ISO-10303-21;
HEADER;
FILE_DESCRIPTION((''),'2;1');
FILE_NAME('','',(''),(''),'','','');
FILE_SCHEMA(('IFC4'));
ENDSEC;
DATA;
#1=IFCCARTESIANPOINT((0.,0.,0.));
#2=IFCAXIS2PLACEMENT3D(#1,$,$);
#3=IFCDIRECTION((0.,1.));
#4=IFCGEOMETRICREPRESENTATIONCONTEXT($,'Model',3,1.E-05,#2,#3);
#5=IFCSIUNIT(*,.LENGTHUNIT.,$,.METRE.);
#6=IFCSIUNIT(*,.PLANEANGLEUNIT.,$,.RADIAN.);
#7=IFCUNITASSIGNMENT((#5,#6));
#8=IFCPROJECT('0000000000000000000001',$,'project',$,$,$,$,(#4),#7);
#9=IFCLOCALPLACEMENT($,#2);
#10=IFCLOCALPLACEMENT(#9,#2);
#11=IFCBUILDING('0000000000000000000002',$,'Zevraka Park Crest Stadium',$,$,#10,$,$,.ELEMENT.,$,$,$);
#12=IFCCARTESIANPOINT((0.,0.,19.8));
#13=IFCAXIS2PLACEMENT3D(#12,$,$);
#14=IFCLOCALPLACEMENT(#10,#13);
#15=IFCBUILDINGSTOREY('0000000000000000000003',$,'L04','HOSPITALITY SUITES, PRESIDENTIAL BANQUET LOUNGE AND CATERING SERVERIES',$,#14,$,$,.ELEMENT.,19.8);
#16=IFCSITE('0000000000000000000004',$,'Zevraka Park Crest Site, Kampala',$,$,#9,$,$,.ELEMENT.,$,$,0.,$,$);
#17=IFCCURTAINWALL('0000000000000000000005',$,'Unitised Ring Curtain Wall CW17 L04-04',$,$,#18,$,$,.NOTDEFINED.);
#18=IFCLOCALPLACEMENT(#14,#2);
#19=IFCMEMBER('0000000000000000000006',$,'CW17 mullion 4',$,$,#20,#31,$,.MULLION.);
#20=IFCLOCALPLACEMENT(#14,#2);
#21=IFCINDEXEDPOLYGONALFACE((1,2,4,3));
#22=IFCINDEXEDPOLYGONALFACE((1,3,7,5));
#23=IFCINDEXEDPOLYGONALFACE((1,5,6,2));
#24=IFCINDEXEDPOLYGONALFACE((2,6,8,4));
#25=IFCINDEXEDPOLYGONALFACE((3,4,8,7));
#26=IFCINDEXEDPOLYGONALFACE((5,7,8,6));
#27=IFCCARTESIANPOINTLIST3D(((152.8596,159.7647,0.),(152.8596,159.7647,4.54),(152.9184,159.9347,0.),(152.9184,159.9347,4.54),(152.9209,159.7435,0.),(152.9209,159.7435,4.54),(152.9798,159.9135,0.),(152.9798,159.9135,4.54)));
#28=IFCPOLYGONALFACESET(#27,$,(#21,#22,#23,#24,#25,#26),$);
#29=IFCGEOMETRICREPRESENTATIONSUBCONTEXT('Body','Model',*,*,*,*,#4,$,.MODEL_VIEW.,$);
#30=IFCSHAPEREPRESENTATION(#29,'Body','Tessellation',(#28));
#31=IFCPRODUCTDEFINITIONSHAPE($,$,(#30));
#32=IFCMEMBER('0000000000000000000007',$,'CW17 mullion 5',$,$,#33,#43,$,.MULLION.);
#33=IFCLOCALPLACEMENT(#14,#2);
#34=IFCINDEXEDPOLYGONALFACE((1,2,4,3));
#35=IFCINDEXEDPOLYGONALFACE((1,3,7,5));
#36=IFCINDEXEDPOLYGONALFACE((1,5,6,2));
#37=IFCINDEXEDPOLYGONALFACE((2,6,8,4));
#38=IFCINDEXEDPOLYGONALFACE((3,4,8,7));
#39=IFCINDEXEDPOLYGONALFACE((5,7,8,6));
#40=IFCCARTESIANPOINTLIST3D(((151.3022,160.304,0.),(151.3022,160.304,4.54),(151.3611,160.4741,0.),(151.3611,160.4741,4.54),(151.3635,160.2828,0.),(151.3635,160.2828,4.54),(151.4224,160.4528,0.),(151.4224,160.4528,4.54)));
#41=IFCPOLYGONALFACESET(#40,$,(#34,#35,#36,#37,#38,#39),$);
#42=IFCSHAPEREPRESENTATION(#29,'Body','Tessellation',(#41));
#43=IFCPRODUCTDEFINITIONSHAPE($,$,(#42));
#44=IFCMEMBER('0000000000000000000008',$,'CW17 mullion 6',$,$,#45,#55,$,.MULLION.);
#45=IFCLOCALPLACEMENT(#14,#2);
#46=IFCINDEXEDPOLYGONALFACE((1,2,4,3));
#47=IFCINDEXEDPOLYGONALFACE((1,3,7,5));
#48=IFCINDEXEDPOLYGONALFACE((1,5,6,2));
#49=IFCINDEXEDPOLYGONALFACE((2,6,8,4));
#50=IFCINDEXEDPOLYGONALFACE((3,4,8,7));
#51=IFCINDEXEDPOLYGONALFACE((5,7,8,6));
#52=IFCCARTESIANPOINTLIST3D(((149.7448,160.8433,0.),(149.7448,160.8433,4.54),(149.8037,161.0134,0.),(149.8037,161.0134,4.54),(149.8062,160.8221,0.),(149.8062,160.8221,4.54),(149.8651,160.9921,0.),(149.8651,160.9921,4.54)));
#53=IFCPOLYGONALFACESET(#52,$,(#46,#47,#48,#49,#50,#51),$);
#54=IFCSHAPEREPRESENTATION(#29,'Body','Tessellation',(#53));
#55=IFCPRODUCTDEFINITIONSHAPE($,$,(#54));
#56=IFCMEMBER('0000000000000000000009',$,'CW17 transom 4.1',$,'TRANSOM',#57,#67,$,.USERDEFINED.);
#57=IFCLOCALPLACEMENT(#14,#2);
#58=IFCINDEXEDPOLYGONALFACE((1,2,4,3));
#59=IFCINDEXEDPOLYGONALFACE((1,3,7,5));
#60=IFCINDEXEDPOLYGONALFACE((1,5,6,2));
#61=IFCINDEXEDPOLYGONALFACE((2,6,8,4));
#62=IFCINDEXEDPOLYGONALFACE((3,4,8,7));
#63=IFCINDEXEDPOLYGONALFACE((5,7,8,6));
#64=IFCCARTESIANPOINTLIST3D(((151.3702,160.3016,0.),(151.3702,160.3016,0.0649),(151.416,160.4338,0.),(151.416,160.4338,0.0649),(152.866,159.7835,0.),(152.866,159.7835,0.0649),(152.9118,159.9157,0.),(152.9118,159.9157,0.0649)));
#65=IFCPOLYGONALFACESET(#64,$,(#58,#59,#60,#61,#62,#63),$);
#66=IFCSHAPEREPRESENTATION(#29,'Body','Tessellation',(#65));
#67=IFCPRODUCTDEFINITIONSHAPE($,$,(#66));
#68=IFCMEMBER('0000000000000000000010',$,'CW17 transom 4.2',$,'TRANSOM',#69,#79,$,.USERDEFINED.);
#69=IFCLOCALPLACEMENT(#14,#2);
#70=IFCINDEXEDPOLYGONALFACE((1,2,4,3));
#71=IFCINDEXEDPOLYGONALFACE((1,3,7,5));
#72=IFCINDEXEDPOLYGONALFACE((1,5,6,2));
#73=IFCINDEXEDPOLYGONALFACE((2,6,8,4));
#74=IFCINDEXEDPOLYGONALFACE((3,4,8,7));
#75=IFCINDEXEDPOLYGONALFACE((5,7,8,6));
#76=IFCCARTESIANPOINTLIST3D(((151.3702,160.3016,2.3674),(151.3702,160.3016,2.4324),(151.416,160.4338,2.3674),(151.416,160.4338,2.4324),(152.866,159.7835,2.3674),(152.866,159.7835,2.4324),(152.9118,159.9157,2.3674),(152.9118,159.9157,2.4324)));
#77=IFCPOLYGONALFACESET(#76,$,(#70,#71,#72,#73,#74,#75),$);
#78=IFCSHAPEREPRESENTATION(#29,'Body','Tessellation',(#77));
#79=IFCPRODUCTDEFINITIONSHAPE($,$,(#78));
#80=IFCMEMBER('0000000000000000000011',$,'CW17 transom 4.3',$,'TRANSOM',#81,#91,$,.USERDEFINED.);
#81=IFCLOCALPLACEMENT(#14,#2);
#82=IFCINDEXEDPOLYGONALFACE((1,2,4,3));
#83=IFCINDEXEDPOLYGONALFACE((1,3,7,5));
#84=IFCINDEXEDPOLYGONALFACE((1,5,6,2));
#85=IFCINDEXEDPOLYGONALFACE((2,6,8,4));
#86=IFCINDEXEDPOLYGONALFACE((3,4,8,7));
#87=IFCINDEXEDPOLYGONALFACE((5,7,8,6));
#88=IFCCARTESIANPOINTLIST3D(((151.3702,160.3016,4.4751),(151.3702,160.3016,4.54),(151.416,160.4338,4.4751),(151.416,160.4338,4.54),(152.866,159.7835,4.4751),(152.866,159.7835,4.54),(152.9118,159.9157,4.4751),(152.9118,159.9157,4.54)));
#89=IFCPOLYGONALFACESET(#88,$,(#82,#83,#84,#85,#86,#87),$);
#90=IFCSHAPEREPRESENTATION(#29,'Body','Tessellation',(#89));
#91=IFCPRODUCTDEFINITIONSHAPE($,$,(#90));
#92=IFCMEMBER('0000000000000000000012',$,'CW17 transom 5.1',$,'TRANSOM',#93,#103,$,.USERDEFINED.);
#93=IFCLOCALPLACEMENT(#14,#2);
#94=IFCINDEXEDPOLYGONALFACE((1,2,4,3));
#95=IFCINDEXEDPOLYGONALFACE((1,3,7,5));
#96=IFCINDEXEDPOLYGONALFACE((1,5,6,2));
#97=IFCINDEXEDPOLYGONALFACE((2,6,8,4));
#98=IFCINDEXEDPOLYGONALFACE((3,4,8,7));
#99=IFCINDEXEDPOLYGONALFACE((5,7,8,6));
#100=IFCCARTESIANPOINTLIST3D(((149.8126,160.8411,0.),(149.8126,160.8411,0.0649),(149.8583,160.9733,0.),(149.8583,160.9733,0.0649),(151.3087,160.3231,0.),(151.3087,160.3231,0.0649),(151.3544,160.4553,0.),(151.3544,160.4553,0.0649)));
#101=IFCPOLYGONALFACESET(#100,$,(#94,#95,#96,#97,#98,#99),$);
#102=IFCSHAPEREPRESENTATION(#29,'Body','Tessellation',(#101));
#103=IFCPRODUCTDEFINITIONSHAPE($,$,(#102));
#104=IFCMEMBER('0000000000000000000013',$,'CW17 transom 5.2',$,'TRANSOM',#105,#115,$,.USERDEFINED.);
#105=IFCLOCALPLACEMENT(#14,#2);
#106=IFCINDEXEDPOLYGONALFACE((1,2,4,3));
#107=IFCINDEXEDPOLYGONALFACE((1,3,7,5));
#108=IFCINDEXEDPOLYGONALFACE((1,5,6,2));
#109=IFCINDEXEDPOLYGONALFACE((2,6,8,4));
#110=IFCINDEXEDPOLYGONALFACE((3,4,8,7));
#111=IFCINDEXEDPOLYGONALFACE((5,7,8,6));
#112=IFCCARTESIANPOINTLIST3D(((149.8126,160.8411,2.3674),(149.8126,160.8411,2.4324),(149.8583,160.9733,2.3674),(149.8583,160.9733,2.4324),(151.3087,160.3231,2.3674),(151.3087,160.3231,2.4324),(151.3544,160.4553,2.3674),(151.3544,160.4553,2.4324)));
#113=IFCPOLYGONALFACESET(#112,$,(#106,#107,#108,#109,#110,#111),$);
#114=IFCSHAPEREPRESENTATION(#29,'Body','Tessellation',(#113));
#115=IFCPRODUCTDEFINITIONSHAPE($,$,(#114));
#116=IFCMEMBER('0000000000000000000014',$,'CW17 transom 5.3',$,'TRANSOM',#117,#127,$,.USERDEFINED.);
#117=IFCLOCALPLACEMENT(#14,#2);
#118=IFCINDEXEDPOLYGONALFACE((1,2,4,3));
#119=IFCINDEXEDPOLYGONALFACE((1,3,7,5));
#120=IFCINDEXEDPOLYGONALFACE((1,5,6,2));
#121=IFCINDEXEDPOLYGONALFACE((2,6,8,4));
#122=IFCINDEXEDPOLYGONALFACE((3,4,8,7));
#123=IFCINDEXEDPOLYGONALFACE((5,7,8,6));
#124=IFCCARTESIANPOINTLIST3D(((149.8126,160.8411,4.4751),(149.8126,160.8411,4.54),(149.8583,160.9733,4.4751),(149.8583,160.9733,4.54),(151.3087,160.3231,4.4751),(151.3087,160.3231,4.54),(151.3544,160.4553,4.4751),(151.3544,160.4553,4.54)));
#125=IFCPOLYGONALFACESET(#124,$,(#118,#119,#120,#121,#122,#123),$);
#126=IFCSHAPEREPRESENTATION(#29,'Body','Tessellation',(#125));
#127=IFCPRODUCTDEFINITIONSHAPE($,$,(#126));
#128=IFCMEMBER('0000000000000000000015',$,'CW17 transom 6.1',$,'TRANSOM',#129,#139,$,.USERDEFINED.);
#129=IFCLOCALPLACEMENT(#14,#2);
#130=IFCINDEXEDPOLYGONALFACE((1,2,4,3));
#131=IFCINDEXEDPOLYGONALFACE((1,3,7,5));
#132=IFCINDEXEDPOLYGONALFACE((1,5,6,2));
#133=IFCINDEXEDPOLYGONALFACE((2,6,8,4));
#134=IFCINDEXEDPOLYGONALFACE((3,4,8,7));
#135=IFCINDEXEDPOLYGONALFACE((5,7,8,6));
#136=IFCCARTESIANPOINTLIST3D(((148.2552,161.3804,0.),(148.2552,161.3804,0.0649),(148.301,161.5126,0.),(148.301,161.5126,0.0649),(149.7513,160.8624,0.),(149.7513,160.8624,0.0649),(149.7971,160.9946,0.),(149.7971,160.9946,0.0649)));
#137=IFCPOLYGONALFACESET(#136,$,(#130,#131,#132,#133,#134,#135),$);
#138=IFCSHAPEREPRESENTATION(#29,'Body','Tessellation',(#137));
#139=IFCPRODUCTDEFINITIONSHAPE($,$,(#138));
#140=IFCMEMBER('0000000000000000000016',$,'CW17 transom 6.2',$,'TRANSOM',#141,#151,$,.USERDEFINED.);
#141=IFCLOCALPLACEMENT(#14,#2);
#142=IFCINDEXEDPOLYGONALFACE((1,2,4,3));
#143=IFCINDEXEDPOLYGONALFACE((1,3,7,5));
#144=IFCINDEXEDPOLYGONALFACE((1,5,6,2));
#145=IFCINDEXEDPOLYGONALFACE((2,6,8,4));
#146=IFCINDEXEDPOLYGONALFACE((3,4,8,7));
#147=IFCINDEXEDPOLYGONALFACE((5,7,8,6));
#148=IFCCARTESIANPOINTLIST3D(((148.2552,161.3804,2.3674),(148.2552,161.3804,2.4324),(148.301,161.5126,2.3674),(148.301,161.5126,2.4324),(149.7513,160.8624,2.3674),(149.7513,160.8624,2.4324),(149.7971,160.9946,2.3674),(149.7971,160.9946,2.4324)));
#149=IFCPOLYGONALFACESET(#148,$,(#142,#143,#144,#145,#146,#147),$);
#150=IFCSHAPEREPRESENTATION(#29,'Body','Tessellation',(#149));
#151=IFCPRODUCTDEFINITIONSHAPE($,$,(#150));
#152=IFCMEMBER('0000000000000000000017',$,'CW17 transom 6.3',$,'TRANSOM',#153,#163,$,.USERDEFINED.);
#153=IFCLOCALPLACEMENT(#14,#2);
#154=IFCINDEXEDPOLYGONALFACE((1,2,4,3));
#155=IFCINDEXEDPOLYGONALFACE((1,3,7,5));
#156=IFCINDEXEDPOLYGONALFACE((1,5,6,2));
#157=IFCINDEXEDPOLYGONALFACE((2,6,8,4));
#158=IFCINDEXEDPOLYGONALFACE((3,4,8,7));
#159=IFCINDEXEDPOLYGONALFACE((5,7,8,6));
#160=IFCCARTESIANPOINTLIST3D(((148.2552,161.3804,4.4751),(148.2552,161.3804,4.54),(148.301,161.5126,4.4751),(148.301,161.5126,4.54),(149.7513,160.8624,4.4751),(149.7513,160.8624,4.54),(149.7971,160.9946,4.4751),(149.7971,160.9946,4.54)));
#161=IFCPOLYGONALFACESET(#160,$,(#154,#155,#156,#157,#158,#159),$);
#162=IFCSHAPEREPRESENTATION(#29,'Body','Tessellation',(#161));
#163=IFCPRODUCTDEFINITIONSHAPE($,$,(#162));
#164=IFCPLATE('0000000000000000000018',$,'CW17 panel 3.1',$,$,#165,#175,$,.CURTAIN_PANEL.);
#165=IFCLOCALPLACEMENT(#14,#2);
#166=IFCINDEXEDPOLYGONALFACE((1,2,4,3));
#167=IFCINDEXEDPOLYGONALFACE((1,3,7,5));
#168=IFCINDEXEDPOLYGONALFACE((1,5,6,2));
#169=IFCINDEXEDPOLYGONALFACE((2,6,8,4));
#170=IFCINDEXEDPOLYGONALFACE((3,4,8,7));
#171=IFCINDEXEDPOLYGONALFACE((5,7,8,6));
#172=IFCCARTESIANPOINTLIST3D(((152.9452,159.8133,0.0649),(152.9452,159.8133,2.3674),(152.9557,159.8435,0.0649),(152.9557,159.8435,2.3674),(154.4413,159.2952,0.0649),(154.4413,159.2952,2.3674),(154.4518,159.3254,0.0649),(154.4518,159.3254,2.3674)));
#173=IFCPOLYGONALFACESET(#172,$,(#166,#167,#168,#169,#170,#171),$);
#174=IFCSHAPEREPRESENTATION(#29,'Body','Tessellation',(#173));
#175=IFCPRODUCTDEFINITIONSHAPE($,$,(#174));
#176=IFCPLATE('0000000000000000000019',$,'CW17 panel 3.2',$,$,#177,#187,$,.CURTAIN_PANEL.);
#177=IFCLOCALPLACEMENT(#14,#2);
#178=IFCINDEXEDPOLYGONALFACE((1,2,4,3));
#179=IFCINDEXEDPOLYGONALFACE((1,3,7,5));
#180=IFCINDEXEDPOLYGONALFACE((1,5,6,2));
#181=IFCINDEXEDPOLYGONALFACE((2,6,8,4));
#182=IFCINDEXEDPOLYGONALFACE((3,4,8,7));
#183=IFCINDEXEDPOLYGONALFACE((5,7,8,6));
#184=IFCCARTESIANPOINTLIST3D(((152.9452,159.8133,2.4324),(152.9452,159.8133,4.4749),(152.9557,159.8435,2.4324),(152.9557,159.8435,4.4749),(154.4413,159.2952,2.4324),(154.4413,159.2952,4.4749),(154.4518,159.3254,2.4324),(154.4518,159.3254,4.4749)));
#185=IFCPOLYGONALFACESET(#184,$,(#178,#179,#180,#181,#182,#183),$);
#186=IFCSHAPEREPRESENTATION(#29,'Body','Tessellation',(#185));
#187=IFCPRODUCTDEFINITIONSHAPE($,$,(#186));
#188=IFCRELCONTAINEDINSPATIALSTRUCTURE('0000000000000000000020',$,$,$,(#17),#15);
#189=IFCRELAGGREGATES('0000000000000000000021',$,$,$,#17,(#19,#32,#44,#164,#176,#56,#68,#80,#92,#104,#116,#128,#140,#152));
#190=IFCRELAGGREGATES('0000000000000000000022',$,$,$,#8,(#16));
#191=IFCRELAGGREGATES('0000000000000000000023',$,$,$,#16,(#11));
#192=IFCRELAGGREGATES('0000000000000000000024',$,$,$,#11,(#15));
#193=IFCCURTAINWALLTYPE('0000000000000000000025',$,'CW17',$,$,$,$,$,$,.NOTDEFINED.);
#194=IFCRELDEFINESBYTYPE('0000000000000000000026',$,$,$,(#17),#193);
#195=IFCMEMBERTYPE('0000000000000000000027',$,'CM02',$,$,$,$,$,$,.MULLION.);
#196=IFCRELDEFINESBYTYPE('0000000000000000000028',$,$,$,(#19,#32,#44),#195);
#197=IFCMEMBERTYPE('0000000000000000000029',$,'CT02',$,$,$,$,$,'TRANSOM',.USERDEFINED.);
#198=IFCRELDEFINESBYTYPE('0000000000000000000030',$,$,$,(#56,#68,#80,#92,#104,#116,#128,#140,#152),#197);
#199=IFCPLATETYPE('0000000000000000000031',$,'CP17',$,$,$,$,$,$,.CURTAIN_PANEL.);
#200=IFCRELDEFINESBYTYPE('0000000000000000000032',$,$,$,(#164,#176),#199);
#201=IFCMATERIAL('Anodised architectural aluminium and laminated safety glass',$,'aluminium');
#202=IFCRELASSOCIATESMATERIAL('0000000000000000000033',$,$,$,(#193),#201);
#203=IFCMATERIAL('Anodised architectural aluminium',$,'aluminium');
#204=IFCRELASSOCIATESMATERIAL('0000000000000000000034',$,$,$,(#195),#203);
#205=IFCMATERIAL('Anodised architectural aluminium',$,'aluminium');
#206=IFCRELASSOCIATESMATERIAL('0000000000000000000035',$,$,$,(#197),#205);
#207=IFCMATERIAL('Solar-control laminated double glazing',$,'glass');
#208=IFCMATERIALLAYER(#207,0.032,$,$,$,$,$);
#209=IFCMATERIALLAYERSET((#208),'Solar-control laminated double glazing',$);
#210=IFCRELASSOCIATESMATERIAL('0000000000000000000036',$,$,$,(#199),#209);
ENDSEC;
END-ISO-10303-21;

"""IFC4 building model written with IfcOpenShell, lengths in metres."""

from ifc_helpers import new_model, si_unit, direction, frame, origin, origin_2d, place, context, subcontext, project, spatial, rectangle, extrude, material, layer, layer_set, material_profile, profile_set, type_object, element, aggregate, save


model = new_model("IFC4")

# Units and contexts
model_context = context("Model", 3, precision=1e-05, world=origin(), true_north=direction((0.0, 1.0)))
body_context = subcontext(model_context, "Body", "Model", "MODEL_VIEW")
ifc_project = project(units=[si_unit("LENGTHUNIT", "METRE"), si_unit("PLANEANGLEUNIT", "RADIAN")], contexts=[model_context])

# Site, building, storey
site_placement = place(None, origin())
site = spatial("IfcSite", under=ifc_project, at=site_placement, Name="Zevraka Park Crest Site, Kampala", CompositionType="ELEMENT", RefElevation=0.0)
building_placement = place(site_placement, origin())
building = spatial("IfcBuilding", under=site, at=building_placement, Name="Zevraka Park Crest Stadium", CompositionType="ELEMENT")
storey_placement = place(building_placement, frame((0.0, 0.0, 19.8)))
storey = spatial("IfcBuildingStorey", under=building, at=storey_placement, Name="L04", Description="HOSPITALITY SUITES, PRESIDENTIAL BANQUET LOUNGE AND CATERING SERVERIES", CompositionType="ELEMENT", Elevation=19.8)

# Curtain wall, members, plates
ifc_material_1 = material(Name="Anodised architectural aluminium and laminated safety glass", Category="aluminium")
curtain_wall_type = type_object("IfcCurtainWallType", Name="CW17", PredefinedType="NOTDEFINED", material=ifc_material_1)
curtain_wall_placement = place(storey_placement, origin())
curtain_wall = element("IfcCurtainWall", 1, at=curtain_wall_placement, inside=storey, type_object=curtain_wall_type, Name="Unitised Ring Curtain Wall CW17 L04-04", PredefinedType="NOTDEFINED")
ifc_material_2 = material(Name="Anodised architectural aluminium", Category="aluminium")
ifc_material_profile_1 = material_profile(ifc_material_2, rectangle(XDim=0.1799, YDim=0.0649, at=origin_2d()), Name="ALU MULLION 180x65")
ifc_profile_set_1 = profile_set([ifc_material_profile_1], Name="Anodised architectural aluminium")
member_type_1 = type_object("IfcMemberType", Name="CM02", PredefinedType="MULLION", material=ifc_profile_set_1)
member_1_placement = place(storey_placement, frame((152.9197, 159.8391, 0.0), z_axis=(0.0, 0.0, 1.0), x_axis=(-0.327245, -0.94494, 0.0)))
member_1 = element("IfcMember", 2, at=member_1_placement, type_object=member_type_1, Name="CW17 mullion 4", PredefinedType="MULLION", context=body_context, shape_type="SweptSolid", body=[
    extrude(rectangle(XDim=0.1799, YDim=0.0649, at=origin_2d()), origin(), (0.0, 0.0, 1.0), 4.54),
])
member_2_placement = place(storey_placement, frame((151.3623, 160.3784, 0.0), z_axis=(0.0, 0.0, 1.0), x_axis=(-0.327245, -0.94494, 0.0)))
member_2 = element("IfcMember", 3, at=member_2_placement, type_object=member_type_1, Name="CW17 mullion 5", PredefinedType="MULLION", context=body_context, shape_type="SweptSolid", body=[
    extrude(rectangle(XDim=0.1799, YDim=0.0649, at=origin_2d()), origin(), (0.0, 0.0, 1.0), 4.54),
])
member_3_placement = place(storey_placement, frame((149.8049, 160.9177, 0.0), z_axis=(0.0, 0.0, 1.0), x_axis=(-0.327245, -0.94494, 0.0)))
member_3 = element("IfcMember", 4, at=member_3_placement, type_object=member_type_1, Name="CW17 mullion 6", PredefinedType="MULLION", context=body_context, shape_type="SweptSolid", body=[
    extrude(rectangle(XDim=0.1799, YDim=0.0649, at=origin_2d()), origin(), (0.0, 0.0, 1.0), 4.54),
])
ifc_material_3 = material(Name="Anodised architectural aluminium", Category="aluminium")
ifc_material_profile_2 = material_profile(ifc_material_3, rectangle(XDim=0.1399, YDim=0.0649, at=origin_2d()), Name="ALU TRANSOM 140x65")
ifc_profile_set_2 = profile_set([ifc_material_profile_2], Name="Anodised architectural aluminium")
member_type_2 = type_object("IfcMemberType", Name="CT02", ElementType="TRANSOM", PredefinedType="USERDEFINED", material=ifc_profile_set_2)
member_4_placement = place(storey_placement, frame((152.8889, 159.8496, 0.0325), z_axis=(-0.944933, 0.327264, 0.0), x_axis=(-0.327264, -0.944933, 0.0)))
member_4 = element("IfcMember", 5, at=member_4_placement, type_object=member_type_2, Name="CW17 transom 4.1", ObjectType="TRANSOM", PredefinedType="USERDEFINED", context=body_context, shape_type="SweptSolid", body=[
    extrude(rectangle(XDim=0.1399, YDim=0.0649, at=origin_2d()), origin(), (0.0, 0.0, 1.0), 1.583),
])
member_5_placement = place(storey_placement, frame((152.8889, 159.8496, 2.3999), z_axis=(-0.944933, 0.327264, 0.0), x_axis=(-0.327264, -0.944933, 0.0)))
member_5 = element("IfcMember", 6, at=member_5_placement, type_object=member_type_2, Name="CW17 transom 4.2", ObjectType="TRANSOM", PredefinedType="USERDEFINED", context=body_context, shape_type="SweptSolid", body=[
    extrude(rectangle(XDim=0.1399, YDim=0.0649, at=origin_2d()), origin(), (0.0, 0.0, 1.0), 1.583),
])
member_6_placement = place(storey_placement, frame((152.8889, 159.8496, 4.5076), z_axis=(-0.944933, 0.327264, 0.0), x_axis=(-0.327264, -0.944933, 0.0)))
member_6 = element("IfcMember", 7, at=member_6_placement, type_object=member_type_2, Name="CW17 transom 4.3", ObjectType="TRANSOM", PredefinedType="USERDEFINED", context=body_context, shape_type="SweptSolid", body=[
    extrude(rectangle(XDim=0.1399, YDim=0.0649, at=origin_2d()), origin(), (0.0, 0.0, 1.0), 1.583),
])
member_7_placement = place(storey_placement, frame((151.3315, 160.3892, 0.0325), z_axis=(-0.944949, 0.327216, 0.0), x_axis=(-0.327216, -0.944949, 0.0)))
member_7 = element("IfcMember", 8, at=member_7_placement, type_object=member_type_2, Name="CW17 transom 5.1", ObjectType="TRANSOM", PredefinedType="USERDEFINED", context=body_context, shape_type="SweptSolid", body=[
    extrude(rectangle(XDim=0.1399, YDim=0.0649, at=origin_2d()), origin(), (0.0, 0.0, 1.0), 1.5833),
])
member_8_placement = place(storey_placement, frame((151.3315, 160.3892, 2.3999), z_axis=(-0.944949, 0.327216, 0.0), x_axis=(-0.327216, -0.944949, 0.0)))
member_8 = element("IfcMember", 9, at=member_8_placement, type_object=member_type_2, Name="CW17 transom 5.2", ObjectType="TRANSOM", PredefinedType="USERDEFINED", context=body_context, shape_type="SweptSolid", body=[
    extrude(rectangle(XDim=0.1399, YDim=0.0649, at=origin_2d()), origin(), (0.0, 0.0, 1.0), 1.5833),
])
member_9_placement = place(storey_placement, frame((151.3315, 160.3892, 4.5076), z_axis=(-0.944949, 0.327216, 0.0), x_axis=(-0.327216, -0.944949, 0.0)))
member_9 = element("IfcMember", 10, at=member_9_placement, type_object=member_type_2, Name="CW17 transom 5.3", ObjectType="TRANSOM", PredefinedType="USERDEFINED", context=body_context, shape_type="SweptSolid", body=[
    extrude(rectangle(XDim=0.1399, YDim=0.0649, at=origin_2d()), origin(), (0.0, 0.0, 1.0), 1.5833),
])
member_10_placement = place(storey_placement, frame((149.7742, 160.9285, 0.0325), z_axis=(-0.944949, 0.327216, 0.0), x_axis=(-0.327216, -0.944949, 0.0)))
member_10 = element("IfcMember", 11, at=member_10_placement, type_object=member_type_2, Name="CW17 transom 6.1", ObjectType="TRANSOM", PredefinedType="USERDEFINED", context=body_context, shape_type="SweptSolid", body=[
    extrude(rectangle(XDim=0.1399, YDim=0.0649, at=origin_2d()), origin(), (0.0, 0.0, 1.0), 1.5833),
])
member_11_placement = place(storey_placement, frame((149.7742, 160.9285, 2.3999), z_axis=(-0.944949, 0.327216, 0.0), x_axis=(-0.327216, -0.944949, 0.0)))
member_11 = element("IfcMember", 12, at=member_11_placement, type_object=member_type_2, Name="CW17 transom 6.2", ObjectType="TRANSOM", PredefinedType="USERDEFINED", context=body_context, shape_type="SweptSolid", body=[
    extrude(rectangle(XDim=0.1399, YDim=0.0649, at=origin_2d()), origin(), (0.0, 0.0, 1.0), 1.5833),
])
member_12_placement = place(storey_placement, frame((149.7742, 160.9285, 4.5076), z_axis=(-0.944949, 0.327216, 0.0), x_axis=(-0.327216, -0.944949, 0.0)))
member_12 = element("IfcMember", 13, at=member_12_placement, type_object=member_type_2, Name="CW17 transom 6.3", ObjectType="TRANSOM", PredefinedType="USERDEFINED", context=body_context, shape_type="SweptSolid", body=[
    extrude(rectangle(XDim=0.1399, YDim=0.0649, at=origin_2d()), origin(), (0.0, 0.0, 1.0), 1.5833),
])
ifc_material_4 = material(Name="Solar-control laminated double glazing", Category="glass")
ifc_layer_1 = layer(ifc_material_4, 0.032)
ifc_layer_set_1 = layer_set([ifc_layer_1], Name="Solar-control laminated double glazing")
plate_type = type_object("IfcPlateType", Name="CP17", PredefinedType="CURTAIN_PANEL", material=ifc_layer_set_1)
plate_1_placement = place(storey_placement, frame((153.6985, 159.5693, 0.0649), z_axis=(0.0, 0.0, 1.0), x_axis=(-0.94494, 0.327245, 0.0)))
plate_1 = element("IfcPlate", 14, at=plate_1_placement, type_object=plate_type, Name="CW17 panel 3.1", PredefinedType="CURTAIN_PANEL", context=body_context, shape_type="SweptSolid", body=[
    extrude(rectangle(XDim=1.5833, YDim=0.032, at=origin_2d()), origin(), (0.0, 0.0, 1.0), 2.3025),
])
plate_2_placement = place(storey_placement, frame((153.6985, 159.5693, 2.4324), z_axis=(0.0, 0.0, 1.0), x_axis=(-0.94494, 0.327245, 0.0)))
plate_2 = element("IfcPlate", 15, at=plate_2_placement, type_object=plate_type, Name="CW17 panel 3.2", PredefinedType="CURTAIN_PANEL", context=body_context, shape_type="SweptSolid", body=[
    extrude(rectangle(XDim=1.5833, YDim=0.032, at=origin_2d()), origin(), (0.0, 0.0, 1.0), 2.0425),
])
aggregate(curtain_wall, [member_1, member_2, member_3, plate_1, plate_2, member_4, member_5, member_6, member_7, member_8, member_9, member_10, member_11, member_12])

save(model, "model.ifc")
